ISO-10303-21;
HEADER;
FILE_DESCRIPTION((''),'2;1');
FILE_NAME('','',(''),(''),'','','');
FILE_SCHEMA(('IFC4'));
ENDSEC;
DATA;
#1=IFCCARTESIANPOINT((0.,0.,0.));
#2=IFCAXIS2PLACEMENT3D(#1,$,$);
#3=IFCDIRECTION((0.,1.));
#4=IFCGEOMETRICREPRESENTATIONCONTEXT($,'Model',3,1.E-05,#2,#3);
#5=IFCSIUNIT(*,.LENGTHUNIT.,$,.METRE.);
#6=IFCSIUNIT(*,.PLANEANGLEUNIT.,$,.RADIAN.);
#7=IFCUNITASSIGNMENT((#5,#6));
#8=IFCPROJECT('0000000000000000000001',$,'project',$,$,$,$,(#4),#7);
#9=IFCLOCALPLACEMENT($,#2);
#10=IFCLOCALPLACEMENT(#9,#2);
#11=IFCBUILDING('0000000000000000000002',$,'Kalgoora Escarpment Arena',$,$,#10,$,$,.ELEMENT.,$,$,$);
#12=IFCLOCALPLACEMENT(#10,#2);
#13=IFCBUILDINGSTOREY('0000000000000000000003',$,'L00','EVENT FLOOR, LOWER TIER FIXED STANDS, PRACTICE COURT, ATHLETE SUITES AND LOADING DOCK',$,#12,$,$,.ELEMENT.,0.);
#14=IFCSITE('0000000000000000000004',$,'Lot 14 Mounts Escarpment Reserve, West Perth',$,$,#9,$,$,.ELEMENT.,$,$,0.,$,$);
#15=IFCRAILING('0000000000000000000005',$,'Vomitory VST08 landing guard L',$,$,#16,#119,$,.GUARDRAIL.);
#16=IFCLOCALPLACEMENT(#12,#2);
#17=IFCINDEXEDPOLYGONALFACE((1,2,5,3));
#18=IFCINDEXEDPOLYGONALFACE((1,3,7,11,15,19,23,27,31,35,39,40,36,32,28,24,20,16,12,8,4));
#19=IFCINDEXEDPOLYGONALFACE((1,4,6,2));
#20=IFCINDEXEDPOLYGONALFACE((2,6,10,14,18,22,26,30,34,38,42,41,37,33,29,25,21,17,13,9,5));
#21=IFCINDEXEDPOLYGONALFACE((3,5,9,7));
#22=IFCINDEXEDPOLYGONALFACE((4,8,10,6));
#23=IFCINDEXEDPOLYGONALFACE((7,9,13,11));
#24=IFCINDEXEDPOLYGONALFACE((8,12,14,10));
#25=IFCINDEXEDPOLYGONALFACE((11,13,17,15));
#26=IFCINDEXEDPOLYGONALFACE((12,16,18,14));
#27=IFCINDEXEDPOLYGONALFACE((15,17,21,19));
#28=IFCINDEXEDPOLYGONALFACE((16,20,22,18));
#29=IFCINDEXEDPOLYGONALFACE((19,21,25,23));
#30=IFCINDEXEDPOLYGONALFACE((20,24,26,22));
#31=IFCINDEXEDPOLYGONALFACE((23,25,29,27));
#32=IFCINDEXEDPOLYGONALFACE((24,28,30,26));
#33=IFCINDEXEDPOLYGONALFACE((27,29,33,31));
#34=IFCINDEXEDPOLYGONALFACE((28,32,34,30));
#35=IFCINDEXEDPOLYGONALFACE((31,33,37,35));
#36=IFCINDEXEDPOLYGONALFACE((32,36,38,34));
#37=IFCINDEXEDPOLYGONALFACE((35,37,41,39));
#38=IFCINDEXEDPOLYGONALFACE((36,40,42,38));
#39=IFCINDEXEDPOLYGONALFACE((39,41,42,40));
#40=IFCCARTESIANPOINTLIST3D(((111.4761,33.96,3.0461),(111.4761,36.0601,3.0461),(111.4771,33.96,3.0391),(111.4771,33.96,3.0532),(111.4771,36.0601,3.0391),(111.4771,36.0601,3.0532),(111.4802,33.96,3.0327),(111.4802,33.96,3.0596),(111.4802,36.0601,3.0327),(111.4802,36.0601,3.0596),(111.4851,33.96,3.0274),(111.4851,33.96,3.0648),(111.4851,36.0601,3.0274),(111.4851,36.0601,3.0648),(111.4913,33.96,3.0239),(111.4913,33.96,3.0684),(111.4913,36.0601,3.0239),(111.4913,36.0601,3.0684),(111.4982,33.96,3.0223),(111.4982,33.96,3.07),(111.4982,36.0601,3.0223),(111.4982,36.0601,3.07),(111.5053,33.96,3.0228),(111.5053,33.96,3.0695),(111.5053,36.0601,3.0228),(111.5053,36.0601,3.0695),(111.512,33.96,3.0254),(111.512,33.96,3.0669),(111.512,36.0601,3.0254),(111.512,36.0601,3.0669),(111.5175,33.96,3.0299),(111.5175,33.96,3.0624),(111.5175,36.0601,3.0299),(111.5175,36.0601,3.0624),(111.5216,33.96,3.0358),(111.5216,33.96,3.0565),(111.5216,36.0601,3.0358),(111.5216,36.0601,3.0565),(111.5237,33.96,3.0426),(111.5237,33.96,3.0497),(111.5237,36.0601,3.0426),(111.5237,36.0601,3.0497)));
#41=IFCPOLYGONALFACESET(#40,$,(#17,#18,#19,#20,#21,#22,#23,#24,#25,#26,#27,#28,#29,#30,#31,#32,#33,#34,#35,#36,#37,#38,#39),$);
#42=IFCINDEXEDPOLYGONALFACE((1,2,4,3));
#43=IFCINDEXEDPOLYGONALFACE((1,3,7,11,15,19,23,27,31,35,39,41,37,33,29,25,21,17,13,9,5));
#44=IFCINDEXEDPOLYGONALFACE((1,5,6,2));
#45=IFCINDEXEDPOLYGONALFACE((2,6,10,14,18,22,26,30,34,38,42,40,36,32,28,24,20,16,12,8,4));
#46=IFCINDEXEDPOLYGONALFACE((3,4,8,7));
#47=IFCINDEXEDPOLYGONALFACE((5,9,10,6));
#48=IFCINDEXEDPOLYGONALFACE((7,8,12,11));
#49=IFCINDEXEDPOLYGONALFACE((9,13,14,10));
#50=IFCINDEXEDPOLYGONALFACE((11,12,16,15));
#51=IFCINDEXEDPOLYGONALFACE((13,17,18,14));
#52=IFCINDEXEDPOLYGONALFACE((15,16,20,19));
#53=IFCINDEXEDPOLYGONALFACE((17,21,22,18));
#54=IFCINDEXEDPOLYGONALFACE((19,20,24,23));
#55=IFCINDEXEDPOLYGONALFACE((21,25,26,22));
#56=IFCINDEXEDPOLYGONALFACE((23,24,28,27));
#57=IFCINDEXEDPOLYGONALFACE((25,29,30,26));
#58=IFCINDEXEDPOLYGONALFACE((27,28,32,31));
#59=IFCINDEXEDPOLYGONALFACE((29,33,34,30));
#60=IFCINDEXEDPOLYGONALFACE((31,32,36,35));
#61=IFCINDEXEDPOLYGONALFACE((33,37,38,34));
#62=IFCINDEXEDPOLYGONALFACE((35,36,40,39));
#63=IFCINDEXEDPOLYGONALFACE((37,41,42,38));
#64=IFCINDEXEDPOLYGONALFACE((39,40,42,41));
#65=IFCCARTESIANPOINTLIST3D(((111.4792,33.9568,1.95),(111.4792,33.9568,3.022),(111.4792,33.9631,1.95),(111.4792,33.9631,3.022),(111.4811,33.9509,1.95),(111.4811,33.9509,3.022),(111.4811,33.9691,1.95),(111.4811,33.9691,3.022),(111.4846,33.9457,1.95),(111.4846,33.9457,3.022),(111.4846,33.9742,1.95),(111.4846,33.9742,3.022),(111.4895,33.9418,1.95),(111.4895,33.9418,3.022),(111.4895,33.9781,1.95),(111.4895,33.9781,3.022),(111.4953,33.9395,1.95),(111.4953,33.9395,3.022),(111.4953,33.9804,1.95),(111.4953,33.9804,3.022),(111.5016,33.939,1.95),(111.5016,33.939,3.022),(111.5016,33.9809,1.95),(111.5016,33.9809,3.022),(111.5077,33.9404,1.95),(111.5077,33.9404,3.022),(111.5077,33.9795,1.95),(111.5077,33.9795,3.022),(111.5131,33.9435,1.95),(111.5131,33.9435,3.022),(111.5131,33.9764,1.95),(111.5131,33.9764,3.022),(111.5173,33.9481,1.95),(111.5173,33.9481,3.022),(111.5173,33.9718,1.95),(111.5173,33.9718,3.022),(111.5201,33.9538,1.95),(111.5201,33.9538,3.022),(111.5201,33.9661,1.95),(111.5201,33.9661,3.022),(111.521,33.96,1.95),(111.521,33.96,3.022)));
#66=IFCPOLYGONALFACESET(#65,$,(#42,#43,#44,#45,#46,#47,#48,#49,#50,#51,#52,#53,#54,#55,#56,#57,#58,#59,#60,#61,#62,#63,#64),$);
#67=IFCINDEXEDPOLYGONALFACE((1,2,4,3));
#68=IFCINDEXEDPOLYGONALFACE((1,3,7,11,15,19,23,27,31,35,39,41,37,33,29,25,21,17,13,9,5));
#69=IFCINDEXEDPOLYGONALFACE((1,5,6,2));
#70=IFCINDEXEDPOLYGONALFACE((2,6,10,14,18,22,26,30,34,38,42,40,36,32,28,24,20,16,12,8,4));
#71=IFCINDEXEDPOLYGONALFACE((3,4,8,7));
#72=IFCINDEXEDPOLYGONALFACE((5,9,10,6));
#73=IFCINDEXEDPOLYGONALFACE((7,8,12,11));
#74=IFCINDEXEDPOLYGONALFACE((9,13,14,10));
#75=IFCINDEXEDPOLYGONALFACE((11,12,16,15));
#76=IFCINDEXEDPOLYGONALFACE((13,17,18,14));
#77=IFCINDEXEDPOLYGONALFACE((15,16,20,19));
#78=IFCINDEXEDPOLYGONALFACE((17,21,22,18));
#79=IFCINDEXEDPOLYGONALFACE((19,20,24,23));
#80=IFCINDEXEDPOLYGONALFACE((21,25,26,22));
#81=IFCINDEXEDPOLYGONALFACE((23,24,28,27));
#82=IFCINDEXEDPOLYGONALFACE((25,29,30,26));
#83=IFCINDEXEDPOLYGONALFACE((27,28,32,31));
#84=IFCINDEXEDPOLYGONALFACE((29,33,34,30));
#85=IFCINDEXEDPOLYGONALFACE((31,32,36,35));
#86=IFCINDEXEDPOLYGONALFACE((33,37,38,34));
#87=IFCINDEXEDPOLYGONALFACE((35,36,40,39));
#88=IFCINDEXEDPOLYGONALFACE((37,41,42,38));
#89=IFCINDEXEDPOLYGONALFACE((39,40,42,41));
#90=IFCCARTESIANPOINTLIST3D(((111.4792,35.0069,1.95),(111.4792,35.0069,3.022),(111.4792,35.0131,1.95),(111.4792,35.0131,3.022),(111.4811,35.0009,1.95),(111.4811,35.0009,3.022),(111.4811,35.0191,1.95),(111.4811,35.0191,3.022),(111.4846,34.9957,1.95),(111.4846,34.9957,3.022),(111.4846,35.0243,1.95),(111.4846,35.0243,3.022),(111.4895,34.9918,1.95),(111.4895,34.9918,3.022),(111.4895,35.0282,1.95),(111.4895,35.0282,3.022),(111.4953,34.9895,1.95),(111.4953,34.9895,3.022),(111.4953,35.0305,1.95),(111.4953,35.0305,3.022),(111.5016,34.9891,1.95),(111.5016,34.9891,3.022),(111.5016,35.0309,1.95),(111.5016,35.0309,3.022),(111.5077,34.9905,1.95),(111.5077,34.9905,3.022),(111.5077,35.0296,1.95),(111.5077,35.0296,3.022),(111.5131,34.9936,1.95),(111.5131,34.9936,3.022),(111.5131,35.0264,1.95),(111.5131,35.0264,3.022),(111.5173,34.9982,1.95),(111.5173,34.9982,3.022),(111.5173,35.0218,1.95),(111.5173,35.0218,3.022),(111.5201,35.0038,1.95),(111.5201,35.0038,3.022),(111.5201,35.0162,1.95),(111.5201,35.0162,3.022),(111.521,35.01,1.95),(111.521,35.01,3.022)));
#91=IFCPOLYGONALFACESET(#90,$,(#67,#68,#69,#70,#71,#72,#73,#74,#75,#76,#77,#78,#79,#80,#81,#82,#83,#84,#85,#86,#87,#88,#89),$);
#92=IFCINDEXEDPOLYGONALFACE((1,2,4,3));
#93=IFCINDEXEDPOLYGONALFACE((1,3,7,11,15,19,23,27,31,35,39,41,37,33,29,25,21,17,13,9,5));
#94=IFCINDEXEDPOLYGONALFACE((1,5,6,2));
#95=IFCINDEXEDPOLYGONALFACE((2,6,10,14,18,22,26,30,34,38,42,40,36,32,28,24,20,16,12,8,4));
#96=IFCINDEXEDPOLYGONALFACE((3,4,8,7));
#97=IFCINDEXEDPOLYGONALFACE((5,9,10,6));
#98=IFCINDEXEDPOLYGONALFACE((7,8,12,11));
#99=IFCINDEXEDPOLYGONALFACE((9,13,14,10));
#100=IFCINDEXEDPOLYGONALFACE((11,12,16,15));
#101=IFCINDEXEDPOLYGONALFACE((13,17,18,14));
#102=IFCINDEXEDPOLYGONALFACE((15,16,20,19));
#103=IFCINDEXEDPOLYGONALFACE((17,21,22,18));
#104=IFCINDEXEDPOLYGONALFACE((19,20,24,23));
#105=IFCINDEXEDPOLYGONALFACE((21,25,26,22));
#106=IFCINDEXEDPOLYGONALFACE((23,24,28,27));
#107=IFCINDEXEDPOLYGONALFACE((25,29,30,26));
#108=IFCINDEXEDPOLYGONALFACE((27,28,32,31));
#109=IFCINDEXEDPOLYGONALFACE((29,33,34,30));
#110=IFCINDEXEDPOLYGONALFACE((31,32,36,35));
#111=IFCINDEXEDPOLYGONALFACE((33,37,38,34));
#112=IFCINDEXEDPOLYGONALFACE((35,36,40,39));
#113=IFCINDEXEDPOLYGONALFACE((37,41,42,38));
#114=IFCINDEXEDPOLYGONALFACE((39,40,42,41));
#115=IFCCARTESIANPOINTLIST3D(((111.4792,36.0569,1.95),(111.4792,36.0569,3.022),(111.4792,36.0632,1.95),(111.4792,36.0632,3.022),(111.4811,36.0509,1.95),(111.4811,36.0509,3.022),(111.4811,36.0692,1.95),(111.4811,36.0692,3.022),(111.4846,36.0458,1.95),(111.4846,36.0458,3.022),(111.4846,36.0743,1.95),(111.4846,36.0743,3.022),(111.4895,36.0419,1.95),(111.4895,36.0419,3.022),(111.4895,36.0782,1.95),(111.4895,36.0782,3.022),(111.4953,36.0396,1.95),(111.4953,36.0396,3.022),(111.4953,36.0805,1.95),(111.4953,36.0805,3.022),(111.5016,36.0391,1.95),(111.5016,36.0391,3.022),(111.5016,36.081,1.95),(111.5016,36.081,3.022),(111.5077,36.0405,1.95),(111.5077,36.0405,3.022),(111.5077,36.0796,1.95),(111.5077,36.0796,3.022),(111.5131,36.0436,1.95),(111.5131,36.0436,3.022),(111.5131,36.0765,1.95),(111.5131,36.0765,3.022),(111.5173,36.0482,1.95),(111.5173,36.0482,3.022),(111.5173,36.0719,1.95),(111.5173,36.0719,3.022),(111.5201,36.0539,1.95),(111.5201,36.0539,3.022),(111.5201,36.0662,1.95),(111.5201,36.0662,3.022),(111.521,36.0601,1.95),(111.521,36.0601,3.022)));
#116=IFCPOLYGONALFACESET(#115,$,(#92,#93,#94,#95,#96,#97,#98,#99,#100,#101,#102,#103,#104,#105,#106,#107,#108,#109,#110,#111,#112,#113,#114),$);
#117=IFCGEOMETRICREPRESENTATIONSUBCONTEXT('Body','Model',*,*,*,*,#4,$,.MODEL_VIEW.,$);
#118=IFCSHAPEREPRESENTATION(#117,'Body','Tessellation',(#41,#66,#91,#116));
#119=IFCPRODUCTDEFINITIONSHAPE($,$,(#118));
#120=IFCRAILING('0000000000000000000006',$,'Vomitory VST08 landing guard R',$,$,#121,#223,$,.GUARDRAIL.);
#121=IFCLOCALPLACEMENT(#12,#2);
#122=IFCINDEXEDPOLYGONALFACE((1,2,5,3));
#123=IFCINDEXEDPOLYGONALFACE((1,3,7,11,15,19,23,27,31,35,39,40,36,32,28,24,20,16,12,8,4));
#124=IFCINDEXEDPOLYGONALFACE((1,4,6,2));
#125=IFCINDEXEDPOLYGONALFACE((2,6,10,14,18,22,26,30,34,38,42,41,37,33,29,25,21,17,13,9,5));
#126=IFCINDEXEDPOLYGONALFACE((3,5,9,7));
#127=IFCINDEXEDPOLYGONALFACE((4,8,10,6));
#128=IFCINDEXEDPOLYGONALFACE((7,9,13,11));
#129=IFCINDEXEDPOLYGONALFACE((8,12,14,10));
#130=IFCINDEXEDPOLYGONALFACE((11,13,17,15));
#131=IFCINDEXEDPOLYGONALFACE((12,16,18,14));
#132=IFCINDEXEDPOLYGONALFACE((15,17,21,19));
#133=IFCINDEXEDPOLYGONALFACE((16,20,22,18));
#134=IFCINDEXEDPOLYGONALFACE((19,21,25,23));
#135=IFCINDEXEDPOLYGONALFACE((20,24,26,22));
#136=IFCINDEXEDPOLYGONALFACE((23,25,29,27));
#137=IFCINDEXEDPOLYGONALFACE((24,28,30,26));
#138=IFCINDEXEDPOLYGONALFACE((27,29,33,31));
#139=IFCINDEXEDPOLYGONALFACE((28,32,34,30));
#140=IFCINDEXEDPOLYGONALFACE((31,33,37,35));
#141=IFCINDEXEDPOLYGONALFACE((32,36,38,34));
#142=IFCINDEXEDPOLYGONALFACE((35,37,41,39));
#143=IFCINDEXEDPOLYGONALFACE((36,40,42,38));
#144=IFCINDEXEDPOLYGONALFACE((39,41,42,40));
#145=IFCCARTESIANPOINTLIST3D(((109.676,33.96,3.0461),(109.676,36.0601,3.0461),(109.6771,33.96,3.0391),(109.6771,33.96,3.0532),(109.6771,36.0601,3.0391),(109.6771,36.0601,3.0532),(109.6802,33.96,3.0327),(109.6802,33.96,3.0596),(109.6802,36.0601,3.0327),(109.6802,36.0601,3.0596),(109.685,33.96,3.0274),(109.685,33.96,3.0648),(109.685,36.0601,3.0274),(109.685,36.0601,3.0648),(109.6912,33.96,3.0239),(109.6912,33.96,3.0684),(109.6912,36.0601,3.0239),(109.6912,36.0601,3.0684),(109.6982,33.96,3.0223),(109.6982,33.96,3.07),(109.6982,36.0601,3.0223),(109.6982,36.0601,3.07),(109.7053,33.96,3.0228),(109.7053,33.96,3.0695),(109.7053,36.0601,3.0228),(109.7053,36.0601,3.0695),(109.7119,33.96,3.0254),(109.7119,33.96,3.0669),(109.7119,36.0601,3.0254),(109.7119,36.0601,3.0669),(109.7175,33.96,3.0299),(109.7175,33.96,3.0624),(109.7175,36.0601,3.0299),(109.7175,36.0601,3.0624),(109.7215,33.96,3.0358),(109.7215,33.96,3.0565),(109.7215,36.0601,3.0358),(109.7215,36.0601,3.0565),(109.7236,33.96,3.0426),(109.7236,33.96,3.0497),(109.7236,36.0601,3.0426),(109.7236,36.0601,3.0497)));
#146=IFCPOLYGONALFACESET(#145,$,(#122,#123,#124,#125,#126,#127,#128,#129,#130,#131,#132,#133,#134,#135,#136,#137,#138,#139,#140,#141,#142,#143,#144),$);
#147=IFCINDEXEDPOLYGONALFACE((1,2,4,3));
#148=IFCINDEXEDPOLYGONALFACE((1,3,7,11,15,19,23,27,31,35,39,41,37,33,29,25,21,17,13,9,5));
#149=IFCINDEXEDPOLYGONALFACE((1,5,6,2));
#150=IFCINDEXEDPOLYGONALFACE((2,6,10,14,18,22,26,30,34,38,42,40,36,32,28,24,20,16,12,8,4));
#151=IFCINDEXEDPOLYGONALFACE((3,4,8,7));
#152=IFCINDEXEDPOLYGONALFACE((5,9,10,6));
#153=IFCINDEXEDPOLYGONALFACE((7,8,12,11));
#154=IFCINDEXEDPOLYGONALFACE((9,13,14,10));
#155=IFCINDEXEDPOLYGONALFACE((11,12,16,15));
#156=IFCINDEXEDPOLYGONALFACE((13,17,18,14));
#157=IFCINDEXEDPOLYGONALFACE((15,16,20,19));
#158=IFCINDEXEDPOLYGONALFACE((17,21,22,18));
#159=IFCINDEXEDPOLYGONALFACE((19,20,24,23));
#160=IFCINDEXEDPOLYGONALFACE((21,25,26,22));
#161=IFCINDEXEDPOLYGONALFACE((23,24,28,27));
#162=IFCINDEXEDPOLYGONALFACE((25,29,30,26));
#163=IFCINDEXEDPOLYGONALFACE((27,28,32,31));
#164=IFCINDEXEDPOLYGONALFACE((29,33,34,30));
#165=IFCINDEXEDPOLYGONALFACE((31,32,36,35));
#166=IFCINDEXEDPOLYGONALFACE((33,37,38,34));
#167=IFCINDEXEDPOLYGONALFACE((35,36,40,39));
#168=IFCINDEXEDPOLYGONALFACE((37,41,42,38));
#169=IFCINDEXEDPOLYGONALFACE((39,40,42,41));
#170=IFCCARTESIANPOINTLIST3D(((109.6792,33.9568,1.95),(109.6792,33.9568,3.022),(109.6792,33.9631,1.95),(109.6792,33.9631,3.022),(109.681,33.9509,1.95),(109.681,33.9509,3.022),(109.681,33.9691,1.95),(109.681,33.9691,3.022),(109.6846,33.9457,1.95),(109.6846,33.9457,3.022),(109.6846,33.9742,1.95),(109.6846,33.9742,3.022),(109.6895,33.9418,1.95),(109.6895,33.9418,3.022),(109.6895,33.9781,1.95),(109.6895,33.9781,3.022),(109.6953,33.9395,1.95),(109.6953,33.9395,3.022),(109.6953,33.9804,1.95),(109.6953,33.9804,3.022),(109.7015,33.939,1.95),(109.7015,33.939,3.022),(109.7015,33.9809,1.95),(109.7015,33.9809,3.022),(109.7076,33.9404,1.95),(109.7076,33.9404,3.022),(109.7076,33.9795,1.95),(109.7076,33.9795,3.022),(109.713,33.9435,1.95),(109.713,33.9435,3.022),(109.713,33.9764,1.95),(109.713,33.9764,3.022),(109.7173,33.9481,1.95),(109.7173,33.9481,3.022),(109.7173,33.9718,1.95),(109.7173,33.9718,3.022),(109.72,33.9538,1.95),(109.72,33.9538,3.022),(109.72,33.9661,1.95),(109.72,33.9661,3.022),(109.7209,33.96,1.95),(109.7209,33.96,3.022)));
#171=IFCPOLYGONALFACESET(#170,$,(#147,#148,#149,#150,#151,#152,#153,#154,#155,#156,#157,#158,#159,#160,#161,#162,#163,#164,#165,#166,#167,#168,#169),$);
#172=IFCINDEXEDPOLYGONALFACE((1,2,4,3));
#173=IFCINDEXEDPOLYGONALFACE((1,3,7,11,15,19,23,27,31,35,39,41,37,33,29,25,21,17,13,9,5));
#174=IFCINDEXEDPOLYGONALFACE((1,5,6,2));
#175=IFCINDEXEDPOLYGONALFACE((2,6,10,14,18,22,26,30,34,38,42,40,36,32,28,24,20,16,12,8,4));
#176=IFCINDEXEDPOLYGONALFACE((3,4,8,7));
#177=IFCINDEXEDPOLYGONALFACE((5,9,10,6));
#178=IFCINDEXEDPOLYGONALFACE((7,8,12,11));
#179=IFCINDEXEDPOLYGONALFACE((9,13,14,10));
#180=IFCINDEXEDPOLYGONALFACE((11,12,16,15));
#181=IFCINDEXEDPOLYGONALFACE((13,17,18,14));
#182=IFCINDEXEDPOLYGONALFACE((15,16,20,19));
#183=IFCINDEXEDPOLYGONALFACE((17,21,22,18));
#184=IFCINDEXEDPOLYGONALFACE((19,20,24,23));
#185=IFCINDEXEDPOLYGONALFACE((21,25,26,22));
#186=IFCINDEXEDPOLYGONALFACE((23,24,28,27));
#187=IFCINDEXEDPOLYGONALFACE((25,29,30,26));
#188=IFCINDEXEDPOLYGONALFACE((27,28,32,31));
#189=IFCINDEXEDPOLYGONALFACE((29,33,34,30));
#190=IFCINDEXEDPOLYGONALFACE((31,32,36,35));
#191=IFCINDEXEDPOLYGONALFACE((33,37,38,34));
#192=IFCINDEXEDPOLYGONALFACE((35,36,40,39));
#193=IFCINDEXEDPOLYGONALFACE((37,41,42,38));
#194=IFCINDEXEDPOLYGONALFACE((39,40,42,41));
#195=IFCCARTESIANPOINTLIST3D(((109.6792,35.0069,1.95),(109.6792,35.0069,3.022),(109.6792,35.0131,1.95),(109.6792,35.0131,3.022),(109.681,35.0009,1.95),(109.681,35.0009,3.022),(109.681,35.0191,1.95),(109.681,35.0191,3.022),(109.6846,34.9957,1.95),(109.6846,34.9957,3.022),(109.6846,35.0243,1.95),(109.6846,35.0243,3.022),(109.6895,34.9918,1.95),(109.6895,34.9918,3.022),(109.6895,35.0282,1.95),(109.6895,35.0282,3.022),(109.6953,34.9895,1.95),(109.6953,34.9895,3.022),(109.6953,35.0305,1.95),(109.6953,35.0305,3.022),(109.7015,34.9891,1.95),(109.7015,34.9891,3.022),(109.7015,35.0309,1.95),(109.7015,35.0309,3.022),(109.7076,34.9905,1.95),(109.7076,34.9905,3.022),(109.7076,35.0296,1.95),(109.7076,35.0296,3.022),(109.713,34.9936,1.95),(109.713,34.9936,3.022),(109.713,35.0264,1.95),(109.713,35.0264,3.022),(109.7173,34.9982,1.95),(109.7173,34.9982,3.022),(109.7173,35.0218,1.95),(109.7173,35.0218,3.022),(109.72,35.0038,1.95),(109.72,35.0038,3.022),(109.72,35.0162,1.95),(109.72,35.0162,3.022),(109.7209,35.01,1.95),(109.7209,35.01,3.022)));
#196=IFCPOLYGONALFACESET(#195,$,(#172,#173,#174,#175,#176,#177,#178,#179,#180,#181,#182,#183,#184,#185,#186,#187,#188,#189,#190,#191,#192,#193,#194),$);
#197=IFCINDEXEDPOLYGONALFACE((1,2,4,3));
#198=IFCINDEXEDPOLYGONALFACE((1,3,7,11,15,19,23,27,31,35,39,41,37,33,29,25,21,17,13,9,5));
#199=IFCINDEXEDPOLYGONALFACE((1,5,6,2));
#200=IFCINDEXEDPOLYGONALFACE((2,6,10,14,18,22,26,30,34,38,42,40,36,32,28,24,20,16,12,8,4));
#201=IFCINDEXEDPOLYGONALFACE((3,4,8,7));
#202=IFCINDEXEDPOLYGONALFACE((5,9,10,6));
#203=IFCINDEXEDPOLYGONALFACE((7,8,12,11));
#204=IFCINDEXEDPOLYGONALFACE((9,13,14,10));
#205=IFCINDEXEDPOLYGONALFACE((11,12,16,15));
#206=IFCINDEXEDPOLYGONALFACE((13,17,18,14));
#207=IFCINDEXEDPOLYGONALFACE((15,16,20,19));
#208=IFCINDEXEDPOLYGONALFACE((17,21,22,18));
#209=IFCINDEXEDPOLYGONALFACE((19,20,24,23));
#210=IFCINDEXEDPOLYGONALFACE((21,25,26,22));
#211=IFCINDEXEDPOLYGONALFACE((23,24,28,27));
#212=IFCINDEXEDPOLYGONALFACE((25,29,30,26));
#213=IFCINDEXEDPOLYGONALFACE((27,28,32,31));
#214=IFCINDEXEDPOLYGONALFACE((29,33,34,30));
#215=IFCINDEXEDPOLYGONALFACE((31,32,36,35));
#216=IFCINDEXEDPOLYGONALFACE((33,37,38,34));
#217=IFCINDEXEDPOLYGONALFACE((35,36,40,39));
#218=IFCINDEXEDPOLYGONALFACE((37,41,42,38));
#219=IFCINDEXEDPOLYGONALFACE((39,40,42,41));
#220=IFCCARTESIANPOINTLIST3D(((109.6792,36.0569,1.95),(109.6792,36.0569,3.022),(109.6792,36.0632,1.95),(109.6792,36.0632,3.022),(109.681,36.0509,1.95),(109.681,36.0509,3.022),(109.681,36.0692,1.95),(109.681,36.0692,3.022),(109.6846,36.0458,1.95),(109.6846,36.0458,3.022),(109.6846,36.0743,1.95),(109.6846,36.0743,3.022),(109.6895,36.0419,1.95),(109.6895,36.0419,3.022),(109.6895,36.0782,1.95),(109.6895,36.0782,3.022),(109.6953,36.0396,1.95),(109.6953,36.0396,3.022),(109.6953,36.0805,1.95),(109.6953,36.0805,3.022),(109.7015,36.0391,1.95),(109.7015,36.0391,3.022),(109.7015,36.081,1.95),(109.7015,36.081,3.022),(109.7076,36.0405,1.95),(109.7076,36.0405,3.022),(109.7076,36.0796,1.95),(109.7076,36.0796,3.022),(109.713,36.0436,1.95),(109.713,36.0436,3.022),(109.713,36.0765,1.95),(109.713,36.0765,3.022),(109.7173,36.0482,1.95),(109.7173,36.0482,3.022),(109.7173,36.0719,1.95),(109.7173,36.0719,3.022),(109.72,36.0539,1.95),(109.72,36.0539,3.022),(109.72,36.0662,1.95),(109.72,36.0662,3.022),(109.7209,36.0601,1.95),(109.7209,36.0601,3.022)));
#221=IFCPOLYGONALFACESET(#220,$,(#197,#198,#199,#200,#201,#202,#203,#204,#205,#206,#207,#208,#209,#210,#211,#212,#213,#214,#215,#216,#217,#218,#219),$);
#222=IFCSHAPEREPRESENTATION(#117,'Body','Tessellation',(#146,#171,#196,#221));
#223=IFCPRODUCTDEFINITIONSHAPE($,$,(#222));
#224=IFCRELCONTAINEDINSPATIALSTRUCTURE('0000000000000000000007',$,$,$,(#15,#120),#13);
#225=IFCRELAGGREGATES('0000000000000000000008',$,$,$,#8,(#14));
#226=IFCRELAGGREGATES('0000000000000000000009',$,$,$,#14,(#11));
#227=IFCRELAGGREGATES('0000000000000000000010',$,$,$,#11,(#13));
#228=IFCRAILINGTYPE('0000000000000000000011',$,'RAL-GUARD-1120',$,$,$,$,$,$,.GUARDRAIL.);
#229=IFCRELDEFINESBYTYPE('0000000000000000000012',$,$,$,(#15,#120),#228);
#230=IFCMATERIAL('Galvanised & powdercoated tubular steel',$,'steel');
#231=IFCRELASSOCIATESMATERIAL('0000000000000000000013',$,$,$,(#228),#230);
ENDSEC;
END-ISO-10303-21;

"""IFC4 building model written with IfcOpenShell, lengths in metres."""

from ifc_helpers import new_model, si_unit, direction, frame, origin, origin_2d, place, context, subcontext, project, spatial, circle, extrude, material, type_object, element, save


model = new_model("IFC4")

# Units and contexts
model_context = context("Model", 3, precision=1e-05, world=origin(), true_north=direction((0.0, 1.0)))
body_context = subcontext(model_context, "Body", "Model", "MODEL_VIEW")
ifc_project = project(units=[si_unit("LENGTHUNIT", "METRE"), si_unit("PLANEANGLEUNIT", "RADIAN")], contexts=[model_context])

# Site, building, storey
site_placement = place(None, origin())
site = spatial("IfcSite", under=ifc_project, at=site_placement, Name="Lot 14 Mounts Escarpment Reserve, West Perth", CompositionType="ELEMENT", RefElevation=0.0)
building_placement = place(site_placement, origin())
building = spatial("IfcBuilding", under=site, at=building_placement, Name="Kalgoora Escarpment Arena", CompositionType="ELEMENT")
storey_placement = place(building_placement, origin())
storey = spatial("IfcBuildingStorey", under=building, at=storey_placement, Name="L00", Description="EVENT FLOOR, LOWER TIER FIXED STANDS, PRACTICE COURT, ATHLETE SUITES AND LOADING DOCK", CompositionType="ELEMENT", Elevation=0.0)

# Railings
ifc_material_1 = material(Name="Galvanised & powdercoated tubular steel", Category="steel")
railing_type_1 = type_object("IfcRailingType", Name="RAL-GUARD-1120", PredefinedType="GUARDRAIL", material=ifc_material_1)
for number, where, name in (
    (1, (111.5, 33.96, 1.95), "Vomitory VST08 landing guard L"),
    (2, (109.7, 33.96, 1.95), "Vomitory VST08 landing guard R"),
):
    element("IfcRailing", number, at=place(storey_placement, frame(where)), inside=storey, type_object=railing_type_1, Name=name, PredefinedType="GUARDRAIL", context=body_context, shape_type="SweptSolid", body=[
        extrude(circle(Radius=0.0239, at=origin_2d()), frame((0.0, 0.0, 1.0962), z_axis=(0.0, 1.0, 0.0), x_axis=(-1.0, 0.0, 0.0)), (0.0, 0.0, 1.0), 2.1001),
        extrude(circle(Radius=0.021, at=origin_2d()), origin(), (0.0, 0.0, 1.0), 1.072),
        extrude(circle(Radius=0.021, at=origin_2d()), frame((0.0, 1.05, 0.0)), (0.0, 0.0, 1.0), 1.072),
        extrude(circle(Radius=0.021, at=origin_2d()), frame((0.0, 2.1001, 0.0)), (0.0, 0.0, 1.0), 1.072),
    ])

save(model, "model.ifc")
